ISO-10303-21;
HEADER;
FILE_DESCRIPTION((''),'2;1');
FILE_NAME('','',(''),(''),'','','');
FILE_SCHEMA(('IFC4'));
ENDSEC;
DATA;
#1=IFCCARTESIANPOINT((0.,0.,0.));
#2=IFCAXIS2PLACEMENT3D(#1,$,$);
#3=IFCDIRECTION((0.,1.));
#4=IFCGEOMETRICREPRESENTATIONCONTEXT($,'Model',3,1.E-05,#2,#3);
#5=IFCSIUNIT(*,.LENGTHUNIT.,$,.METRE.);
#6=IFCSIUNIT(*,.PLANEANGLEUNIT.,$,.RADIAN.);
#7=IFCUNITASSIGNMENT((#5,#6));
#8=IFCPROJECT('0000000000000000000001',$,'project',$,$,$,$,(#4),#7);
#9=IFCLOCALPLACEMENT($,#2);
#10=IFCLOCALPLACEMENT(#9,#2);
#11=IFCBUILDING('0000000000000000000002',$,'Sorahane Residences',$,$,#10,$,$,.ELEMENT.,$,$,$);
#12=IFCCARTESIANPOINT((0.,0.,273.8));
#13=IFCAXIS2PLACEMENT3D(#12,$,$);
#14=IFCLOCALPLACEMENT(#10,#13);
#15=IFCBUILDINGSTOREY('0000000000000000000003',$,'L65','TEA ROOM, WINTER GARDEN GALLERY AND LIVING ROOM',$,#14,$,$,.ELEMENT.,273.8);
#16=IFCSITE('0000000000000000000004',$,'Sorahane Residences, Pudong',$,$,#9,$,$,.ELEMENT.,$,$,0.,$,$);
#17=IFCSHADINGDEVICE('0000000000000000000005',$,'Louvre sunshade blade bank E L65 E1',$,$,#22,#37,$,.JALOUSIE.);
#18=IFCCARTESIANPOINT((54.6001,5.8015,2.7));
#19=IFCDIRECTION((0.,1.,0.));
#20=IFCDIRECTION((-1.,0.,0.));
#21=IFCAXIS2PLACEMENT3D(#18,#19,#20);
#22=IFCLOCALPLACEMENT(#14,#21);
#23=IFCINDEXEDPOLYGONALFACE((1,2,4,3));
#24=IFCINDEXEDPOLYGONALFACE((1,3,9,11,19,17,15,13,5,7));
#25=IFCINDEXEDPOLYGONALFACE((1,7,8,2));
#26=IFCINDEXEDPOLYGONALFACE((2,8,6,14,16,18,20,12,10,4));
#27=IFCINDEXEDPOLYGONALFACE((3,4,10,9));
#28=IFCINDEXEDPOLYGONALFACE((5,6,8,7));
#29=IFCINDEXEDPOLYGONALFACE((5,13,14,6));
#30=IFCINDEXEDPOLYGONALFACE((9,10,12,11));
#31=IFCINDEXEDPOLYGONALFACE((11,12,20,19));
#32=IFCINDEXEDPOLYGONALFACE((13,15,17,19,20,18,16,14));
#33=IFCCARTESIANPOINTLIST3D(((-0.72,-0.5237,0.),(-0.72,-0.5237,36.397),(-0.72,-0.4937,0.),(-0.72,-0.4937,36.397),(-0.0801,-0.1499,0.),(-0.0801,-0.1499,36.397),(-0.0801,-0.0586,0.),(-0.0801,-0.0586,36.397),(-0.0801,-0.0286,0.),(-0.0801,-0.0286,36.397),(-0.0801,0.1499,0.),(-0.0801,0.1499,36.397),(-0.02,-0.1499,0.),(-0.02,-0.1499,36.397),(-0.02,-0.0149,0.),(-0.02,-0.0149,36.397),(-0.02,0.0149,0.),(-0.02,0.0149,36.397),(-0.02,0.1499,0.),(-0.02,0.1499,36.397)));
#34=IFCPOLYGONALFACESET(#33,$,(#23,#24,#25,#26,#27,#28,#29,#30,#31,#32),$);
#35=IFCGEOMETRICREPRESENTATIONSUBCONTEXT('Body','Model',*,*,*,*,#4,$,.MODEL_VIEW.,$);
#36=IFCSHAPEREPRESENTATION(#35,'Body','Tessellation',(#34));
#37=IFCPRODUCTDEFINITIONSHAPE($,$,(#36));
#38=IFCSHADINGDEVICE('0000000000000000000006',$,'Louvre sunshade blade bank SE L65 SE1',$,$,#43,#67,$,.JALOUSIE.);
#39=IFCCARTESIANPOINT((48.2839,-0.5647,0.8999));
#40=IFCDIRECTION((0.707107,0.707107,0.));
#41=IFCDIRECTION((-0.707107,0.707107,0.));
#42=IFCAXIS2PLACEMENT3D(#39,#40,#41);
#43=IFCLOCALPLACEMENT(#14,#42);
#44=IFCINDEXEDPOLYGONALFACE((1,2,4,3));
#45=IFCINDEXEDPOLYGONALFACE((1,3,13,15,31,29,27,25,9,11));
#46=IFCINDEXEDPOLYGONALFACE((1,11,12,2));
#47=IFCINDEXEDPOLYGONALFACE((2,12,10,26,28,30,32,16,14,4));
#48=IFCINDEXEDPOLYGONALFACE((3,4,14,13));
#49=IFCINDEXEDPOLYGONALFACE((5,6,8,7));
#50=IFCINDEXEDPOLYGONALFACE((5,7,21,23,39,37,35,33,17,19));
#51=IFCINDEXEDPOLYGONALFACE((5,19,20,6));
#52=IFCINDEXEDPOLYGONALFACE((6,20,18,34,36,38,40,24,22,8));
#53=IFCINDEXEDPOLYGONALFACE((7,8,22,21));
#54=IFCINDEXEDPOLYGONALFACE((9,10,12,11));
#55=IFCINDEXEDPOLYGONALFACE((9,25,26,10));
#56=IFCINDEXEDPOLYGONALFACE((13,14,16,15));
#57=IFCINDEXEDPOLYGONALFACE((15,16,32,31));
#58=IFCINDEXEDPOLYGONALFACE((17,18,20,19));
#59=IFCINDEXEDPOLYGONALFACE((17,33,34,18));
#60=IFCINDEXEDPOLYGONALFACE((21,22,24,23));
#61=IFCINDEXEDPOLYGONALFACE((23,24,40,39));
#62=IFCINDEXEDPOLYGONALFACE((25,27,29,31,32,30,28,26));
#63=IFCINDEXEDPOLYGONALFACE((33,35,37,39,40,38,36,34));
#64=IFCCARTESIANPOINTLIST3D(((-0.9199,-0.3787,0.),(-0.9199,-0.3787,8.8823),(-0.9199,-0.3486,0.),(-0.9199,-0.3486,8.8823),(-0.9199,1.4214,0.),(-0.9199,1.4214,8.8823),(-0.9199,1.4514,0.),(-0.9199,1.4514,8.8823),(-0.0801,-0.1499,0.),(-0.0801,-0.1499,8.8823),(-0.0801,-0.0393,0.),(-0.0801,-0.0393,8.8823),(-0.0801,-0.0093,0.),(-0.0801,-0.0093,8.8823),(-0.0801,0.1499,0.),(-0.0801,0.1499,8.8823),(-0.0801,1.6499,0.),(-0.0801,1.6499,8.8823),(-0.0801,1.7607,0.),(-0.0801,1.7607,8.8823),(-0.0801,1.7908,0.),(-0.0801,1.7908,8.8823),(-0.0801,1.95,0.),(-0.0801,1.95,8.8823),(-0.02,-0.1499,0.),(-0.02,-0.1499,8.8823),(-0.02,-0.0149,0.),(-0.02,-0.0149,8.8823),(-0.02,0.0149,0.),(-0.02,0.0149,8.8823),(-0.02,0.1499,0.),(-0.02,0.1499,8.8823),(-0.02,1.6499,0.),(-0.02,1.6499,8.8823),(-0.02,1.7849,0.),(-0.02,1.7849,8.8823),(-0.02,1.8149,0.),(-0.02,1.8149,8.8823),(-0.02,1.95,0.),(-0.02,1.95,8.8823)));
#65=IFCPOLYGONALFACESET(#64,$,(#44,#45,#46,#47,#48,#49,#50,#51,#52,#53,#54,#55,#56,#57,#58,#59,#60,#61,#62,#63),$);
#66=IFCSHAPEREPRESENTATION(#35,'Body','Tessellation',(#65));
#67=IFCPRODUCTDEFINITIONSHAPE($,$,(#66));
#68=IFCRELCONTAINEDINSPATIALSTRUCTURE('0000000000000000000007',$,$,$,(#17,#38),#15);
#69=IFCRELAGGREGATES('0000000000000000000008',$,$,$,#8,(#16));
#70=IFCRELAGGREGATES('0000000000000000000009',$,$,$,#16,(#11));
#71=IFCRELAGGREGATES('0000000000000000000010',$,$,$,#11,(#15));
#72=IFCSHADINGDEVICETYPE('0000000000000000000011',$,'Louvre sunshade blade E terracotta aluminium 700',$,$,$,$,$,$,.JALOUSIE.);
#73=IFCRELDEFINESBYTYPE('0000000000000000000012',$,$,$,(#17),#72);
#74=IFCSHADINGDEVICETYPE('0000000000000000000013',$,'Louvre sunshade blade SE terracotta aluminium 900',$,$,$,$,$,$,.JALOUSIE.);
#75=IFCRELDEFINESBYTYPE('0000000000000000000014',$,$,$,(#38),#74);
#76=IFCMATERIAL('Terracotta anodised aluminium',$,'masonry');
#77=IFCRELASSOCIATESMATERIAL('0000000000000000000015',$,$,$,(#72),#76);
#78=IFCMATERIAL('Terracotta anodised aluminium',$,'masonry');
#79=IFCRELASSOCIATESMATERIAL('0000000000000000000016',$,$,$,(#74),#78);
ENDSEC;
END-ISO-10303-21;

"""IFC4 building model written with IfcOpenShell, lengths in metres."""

from ifc_helpers import new_model, si_unit, direction, frame, origin, place, context, subcontext, project, spatial, polyline, outline, composite_profile, extrude, material, type_object, element, save


model = new_model("IFC4")

# Units and contexts
model_context = context("Model", 3, precision=1e-05, world=origin(), true_north=direction((0.0, 1.0)))
body_context = subcontext(model_context, "Body", "Model", "MODEL_VIEW")
ifc_project = project(units=[si_unit("LENGTHUNIT", "METRE"), si_unit("PLANEANGLEUNIT", "RADIAN")], contexts=[model_context])

# Site, building, storey
site_placement = place(None, origin())
site = spatial("IfcSite", under=ifc_project, at=site_placement, Name="Sorahane Residences, Pudong", CompositionType="ELEMENT", RefElevation=0.0)
building_placement = place(site_placement, origin())
building = spatial("IfcBuilding", under=site, at=building_placement, Name="Sorahane Residences", CompositionType="ELEMENT")
storey_placement = place(building_placement, frame((0.0, 0.0, 273.8)))
storey = spatial("IfcBuildingStorey", under=building, at=storey_placement, Name="L65", Description="TEA ROOM, WINTER GARDEN GALLERY AND LIVING ROOM", CompositionType="ELEMENT", Elevation=273.8)

# Shading devices
ifc_material_1 = material(Name="Terracotta anodised aluminium", Category="masonry")
shading_device_type_1 = type_object("IfcShadingDeviceType", Name="Louvre sunshade blade E terracotta aluminium 700", PredefinedType="JALOUSIE", material=ifc_material_1)
shading_device_1_placement = place(storey_placement, frame((54.6001, 5.8015, 2.7), z_axis=(0.0, 1.0, 0.0), x_axis=(-1.0, 0.0, 0.0)))
element("IfcShadingDevice", 1, at=shading_device_1_placement, inside=storey, type_object=shading_device_type_1, Name="Louvre sunshade blade bank E L65 E1", PredefinedType="JALOUSIE", context=body_context, shape_type="SweptSolid", body=[
    extrude(outline(polyline([(-0.72, -0.4937), (-0.72, -0.5237), (-0.0801, -0.0586), (-0.0801, -0.1499), (-0.02, -0.1499), (-0.02, -0.0149), (-0.02, 0.0149), (-0.02, 0.1499), (-0.0801, 0.1499), (-0.0801, -0.0286), (-0.72, -0.4937)])), origin(), (0.0, 0.0, 1.0), 36.397),
])
ifc_material_2 = material(Name="Terracotta anodised aluminium", Category="masonry")
shading_device_type_2 = type_object("IfcShadingDeviceType", Name="Louvre sunshade blade SE terracotta aluminium 900", PredefinedType="JALOUSIE", material=ifc_material_2)
shading_device_2_placement = place(storey_placement, frame((48.2839, -0.5647, 0.8999), z_axis=(0.707107, 0.707107, 0.0), x_axis=(-0.707107, 0.707107, 0.0)))
element("IfcShadingDevice", 2, at=shading_device_2_placement, inside=storey, type_object=shading_device_type_2, Name="Louvre sunshade blade bank SE L65 SE1", PredefinedType="JALOUSIE", context=body_context, shape_type="SweptSolid", body=[
    extrude(composite_profile([outline(polyline([(-0.9199, -0.3486), (-0.9199, -0.3787), (-0.0801, -0.0393), (-0.0801, -0.1499), (-0.02, -0.1499), (-0.02, -0.0149), (-0.02, 0.0149), (-0.02, 0.1499), (-0.0801, 0.1499), (-0.0801, -0.0093), (-0.9199, -0.3486)])), outline(polyline([(-0.9199, 1.4514), (-0.9199, 1.4214), (-0.0801, 1.7607), (-0.0801, 1.6499), (-0.02, 1.6499), (-0.02, 1.7849), (-0.02, 1.8149), (-0.02, 1.95), (-0.0801, 1.95), (-0.0801, 1.7908), (-0.9199, 1.4514)]))]), origin(), (0.0, 0.0, 1.0), 8.8823),
])

save(model, "model.ifc")
